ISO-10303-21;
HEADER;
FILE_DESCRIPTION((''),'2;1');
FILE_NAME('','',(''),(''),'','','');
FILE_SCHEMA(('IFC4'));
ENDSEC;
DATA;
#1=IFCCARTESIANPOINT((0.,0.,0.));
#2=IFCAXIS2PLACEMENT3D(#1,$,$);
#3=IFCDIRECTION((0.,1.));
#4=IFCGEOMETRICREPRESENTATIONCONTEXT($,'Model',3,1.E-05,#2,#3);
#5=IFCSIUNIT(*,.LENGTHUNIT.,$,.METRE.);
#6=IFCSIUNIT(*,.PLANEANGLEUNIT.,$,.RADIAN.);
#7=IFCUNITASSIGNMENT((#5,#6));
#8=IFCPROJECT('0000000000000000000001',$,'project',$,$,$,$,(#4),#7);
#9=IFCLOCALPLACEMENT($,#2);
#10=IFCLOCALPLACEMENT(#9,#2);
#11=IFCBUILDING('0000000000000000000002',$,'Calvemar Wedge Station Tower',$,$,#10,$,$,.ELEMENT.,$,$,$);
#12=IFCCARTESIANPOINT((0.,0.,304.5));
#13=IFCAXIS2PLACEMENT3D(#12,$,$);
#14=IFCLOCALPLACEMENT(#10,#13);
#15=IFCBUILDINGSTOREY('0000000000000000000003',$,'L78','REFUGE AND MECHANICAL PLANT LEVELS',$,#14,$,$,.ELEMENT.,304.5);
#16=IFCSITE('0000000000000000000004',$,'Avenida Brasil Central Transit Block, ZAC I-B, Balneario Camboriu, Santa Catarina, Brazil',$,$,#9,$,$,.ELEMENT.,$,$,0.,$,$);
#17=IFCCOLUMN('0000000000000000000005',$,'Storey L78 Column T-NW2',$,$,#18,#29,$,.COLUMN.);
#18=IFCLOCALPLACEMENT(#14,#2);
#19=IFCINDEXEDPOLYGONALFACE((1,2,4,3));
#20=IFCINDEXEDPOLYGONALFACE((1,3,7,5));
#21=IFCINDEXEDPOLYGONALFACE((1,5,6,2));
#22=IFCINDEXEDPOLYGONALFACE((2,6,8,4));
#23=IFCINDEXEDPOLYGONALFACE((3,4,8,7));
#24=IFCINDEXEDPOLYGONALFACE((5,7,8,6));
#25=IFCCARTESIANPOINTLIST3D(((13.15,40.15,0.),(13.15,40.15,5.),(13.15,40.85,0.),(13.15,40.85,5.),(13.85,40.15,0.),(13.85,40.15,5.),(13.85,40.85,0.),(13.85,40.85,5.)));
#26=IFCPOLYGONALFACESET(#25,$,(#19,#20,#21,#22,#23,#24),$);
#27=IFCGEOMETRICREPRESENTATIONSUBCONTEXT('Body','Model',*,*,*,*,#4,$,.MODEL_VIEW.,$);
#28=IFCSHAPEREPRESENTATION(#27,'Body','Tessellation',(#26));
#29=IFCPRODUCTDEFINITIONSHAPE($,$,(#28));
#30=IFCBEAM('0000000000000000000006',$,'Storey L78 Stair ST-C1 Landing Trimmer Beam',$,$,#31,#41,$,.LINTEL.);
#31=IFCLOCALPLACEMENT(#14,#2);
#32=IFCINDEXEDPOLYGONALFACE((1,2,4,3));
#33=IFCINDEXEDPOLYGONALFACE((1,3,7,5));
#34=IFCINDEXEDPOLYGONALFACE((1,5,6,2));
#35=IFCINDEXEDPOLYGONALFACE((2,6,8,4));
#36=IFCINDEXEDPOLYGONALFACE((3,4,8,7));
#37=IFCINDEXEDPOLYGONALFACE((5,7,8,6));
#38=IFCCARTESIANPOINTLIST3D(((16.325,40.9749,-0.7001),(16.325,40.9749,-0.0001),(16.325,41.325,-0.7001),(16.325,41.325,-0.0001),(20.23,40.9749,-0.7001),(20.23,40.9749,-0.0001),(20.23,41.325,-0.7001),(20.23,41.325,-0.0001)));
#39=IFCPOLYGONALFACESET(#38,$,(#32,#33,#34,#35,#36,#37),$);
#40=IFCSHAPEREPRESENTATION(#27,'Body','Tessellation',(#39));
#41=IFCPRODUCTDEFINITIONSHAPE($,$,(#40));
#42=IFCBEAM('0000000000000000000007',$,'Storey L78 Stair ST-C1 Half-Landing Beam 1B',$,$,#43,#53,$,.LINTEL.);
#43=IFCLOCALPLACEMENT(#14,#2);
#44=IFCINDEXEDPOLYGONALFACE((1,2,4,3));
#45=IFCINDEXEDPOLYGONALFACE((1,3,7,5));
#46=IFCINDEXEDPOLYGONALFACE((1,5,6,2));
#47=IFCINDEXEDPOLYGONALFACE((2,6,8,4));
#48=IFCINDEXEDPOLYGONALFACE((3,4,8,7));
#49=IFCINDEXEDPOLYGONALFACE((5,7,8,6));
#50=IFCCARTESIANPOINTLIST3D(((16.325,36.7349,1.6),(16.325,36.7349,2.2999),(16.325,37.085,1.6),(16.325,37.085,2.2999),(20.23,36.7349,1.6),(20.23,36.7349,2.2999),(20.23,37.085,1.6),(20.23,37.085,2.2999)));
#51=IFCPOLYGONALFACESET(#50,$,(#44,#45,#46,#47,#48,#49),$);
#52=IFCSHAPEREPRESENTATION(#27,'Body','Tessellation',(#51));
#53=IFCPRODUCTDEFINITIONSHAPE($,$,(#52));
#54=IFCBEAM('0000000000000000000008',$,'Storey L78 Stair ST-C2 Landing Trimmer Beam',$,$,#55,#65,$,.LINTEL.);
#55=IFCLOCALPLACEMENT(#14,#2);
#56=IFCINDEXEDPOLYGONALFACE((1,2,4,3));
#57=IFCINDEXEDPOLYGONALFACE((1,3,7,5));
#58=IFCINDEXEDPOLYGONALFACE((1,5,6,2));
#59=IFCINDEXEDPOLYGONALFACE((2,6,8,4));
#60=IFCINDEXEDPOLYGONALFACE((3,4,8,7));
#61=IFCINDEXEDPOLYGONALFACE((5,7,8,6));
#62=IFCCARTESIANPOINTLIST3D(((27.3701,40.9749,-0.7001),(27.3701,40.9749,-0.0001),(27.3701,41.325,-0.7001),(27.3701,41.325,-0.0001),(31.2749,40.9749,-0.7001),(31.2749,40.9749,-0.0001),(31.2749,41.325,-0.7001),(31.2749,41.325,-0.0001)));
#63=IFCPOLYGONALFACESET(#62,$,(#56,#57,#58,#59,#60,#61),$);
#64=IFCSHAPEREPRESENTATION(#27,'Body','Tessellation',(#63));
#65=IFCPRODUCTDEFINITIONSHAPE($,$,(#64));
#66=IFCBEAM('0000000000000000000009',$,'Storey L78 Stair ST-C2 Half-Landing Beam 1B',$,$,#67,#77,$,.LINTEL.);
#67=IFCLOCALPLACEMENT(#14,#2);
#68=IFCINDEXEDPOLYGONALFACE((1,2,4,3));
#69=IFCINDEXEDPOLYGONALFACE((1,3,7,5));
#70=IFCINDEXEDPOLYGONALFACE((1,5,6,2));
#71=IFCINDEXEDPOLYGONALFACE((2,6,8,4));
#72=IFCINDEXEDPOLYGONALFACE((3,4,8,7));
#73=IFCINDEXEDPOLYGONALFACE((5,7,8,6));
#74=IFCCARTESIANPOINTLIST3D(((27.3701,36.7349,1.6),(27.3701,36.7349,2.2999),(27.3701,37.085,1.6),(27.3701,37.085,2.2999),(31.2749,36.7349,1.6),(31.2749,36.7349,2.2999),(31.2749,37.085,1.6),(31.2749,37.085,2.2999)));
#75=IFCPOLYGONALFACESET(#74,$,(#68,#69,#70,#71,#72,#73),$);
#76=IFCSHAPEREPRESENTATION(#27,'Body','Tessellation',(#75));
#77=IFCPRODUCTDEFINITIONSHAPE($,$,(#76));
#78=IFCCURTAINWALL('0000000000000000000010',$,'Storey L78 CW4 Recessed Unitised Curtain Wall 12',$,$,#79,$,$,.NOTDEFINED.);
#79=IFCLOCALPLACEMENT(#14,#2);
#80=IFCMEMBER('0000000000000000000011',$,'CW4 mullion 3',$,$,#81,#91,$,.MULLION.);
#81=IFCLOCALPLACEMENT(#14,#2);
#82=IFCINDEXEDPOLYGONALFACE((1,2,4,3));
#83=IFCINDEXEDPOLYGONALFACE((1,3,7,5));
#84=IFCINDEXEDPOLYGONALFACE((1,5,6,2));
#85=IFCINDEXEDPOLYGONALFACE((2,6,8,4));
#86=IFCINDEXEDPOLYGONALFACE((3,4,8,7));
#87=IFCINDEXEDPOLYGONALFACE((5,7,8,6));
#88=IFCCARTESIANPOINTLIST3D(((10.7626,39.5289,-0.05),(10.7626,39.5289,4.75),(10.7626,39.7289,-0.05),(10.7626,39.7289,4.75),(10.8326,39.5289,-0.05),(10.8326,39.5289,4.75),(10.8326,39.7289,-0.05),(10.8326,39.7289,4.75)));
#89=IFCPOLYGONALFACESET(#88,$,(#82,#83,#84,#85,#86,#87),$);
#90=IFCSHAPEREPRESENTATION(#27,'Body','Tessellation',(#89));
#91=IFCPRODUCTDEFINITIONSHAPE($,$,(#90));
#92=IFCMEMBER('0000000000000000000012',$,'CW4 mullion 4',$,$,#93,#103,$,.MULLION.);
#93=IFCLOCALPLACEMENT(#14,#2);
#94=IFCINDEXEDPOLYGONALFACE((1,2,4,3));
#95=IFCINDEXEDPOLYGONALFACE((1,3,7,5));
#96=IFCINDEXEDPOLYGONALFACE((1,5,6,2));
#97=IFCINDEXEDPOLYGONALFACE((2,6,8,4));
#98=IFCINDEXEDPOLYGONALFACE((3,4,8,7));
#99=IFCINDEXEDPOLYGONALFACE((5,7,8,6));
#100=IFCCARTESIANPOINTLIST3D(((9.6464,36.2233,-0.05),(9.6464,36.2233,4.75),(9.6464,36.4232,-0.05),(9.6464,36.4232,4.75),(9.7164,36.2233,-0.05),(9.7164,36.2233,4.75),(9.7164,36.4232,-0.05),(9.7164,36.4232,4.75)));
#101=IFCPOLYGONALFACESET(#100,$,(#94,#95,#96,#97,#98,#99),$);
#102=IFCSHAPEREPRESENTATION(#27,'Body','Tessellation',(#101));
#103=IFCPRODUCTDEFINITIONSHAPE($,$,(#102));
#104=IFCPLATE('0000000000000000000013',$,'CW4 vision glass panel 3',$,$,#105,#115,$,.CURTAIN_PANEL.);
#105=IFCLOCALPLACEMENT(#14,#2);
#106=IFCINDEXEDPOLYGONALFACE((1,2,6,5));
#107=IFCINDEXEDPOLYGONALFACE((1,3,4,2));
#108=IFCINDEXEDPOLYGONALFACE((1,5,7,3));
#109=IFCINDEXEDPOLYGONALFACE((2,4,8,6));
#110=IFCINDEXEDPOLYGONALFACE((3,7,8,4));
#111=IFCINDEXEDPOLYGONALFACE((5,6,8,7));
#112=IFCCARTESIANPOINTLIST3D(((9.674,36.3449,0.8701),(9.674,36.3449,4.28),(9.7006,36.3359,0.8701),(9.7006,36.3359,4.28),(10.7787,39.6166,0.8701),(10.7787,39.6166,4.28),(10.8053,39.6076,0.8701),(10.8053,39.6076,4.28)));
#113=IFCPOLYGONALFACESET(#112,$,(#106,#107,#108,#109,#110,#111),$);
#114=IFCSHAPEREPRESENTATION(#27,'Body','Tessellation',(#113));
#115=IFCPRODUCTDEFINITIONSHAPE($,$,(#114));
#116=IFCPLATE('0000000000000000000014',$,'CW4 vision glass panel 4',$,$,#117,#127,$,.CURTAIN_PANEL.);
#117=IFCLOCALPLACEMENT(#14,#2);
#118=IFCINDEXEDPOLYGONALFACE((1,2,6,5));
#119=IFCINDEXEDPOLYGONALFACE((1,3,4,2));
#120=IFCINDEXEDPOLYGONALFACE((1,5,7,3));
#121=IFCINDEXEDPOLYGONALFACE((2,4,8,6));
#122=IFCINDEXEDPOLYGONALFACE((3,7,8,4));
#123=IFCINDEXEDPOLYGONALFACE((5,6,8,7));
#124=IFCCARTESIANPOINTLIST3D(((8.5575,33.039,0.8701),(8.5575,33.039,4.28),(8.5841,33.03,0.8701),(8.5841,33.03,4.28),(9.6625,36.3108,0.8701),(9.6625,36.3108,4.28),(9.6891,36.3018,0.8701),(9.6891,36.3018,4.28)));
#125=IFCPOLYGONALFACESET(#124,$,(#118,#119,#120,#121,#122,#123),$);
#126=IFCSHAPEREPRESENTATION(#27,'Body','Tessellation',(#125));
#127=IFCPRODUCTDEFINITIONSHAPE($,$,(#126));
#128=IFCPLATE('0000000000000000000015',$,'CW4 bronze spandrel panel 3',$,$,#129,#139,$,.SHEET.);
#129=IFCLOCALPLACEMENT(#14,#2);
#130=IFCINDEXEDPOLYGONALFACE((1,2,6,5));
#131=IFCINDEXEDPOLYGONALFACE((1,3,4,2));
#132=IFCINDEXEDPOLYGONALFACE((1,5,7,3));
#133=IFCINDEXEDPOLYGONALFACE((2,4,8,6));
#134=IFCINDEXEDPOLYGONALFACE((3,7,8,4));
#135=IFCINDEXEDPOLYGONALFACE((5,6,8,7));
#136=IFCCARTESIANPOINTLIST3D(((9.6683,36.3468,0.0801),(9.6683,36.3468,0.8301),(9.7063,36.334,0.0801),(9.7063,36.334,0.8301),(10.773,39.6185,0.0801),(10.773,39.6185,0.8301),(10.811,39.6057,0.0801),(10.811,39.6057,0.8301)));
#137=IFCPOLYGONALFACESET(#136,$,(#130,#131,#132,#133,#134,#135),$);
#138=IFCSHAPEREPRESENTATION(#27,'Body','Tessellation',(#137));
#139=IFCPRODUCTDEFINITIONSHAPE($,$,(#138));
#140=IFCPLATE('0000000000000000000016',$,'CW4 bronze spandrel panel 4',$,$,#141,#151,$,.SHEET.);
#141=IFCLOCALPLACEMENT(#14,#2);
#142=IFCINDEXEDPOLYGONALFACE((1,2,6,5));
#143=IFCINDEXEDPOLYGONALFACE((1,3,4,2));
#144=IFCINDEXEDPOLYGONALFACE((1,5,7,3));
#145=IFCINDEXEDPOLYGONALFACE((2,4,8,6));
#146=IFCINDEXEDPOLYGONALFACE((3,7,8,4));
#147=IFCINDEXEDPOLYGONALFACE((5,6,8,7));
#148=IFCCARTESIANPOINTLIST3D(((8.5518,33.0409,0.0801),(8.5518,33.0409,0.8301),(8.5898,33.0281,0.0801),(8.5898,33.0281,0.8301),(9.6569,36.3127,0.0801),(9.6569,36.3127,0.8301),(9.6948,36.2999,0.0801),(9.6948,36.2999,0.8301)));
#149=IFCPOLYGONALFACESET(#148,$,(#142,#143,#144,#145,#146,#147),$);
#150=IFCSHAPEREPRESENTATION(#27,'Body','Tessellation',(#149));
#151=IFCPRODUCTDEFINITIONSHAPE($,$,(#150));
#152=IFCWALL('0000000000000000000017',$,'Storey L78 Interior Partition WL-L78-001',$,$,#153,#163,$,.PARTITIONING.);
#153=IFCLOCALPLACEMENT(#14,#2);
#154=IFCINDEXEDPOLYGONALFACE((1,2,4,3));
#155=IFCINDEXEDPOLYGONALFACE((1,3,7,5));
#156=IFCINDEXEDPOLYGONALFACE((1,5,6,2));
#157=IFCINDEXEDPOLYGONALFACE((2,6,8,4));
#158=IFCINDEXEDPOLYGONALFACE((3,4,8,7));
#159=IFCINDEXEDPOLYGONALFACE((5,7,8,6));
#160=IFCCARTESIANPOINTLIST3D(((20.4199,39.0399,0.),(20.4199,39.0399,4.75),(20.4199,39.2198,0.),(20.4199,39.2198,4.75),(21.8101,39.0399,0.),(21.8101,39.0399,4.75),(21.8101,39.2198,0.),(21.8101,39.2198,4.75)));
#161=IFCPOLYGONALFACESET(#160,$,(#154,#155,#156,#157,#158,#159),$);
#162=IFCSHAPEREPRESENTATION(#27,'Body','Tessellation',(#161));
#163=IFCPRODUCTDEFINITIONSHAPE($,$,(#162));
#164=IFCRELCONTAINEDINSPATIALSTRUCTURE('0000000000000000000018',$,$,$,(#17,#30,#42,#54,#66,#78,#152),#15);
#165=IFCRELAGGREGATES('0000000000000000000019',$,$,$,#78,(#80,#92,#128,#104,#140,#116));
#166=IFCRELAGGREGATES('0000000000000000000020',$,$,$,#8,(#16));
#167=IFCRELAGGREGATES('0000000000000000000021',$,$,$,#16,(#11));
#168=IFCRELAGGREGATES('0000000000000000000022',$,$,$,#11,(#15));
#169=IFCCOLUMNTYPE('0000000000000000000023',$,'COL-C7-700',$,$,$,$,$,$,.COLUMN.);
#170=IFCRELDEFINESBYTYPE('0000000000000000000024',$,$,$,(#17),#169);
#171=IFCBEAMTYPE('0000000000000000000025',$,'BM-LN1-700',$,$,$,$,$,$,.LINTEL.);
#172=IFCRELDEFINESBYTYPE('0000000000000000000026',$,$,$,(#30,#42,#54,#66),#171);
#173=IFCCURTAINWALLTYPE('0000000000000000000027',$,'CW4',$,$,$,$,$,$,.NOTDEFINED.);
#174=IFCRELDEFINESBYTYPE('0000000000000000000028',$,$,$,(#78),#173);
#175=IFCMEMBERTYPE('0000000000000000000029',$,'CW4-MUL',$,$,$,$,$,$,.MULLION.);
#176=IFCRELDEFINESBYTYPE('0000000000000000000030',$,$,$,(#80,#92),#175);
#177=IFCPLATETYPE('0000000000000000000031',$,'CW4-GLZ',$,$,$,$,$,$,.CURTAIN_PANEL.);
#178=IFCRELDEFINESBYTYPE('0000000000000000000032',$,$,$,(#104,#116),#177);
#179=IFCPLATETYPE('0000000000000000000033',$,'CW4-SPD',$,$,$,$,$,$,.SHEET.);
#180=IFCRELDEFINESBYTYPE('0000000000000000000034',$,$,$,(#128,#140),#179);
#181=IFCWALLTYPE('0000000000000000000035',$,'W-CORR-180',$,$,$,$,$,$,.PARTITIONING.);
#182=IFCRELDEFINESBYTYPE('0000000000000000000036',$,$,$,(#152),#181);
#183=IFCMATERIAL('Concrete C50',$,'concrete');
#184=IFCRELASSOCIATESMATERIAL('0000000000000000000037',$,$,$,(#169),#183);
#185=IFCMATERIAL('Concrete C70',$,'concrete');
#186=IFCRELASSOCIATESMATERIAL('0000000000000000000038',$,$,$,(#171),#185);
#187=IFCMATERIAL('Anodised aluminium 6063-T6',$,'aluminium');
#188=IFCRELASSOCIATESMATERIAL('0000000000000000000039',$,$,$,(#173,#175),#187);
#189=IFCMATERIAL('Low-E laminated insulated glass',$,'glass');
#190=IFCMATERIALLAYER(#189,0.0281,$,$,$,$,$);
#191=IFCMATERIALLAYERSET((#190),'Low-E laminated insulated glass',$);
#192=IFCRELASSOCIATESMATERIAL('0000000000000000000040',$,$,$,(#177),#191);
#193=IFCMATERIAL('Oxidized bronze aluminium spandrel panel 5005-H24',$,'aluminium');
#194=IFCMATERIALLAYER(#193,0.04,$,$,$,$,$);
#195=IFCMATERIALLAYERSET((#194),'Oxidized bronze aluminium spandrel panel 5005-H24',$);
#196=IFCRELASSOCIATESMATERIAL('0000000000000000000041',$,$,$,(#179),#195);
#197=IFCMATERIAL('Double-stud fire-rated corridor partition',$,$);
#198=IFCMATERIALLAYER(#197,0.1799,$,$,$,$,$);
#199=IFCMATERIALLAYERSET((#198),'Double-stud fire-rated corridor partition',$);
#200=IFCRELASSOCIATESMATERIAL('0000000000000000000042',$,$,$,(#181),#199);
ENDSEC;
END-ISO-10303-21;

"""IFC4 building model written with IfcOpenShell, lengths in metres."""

from ifc_helpers import new_model, si_unit, direction, frame, frame_2d, origin, origin_2d, place, context, subcontext, project, spatial, rectangle, extrude, source, transform, mapped, material, layer, layer_set, material_profile, profile_set, type_object, element, aggregate, save


model = new_model("IFC4")

# Units and contexts
model_context = context("Model", 3, precision=1e-05, world=origin(), true_north=direction((0.0, 1.0)))
body_context = subcontext(model_context, "Body", "Model", "MODEL_VIEW")
ifc_project = project(units=[si_unit("LENGTHUNIT", "METRE"), si_unit("PLANEANGLEUNIT", "RADIAN")], contexts=[model_context])

# Site, building, storey
site_placement = place(None, origin())
site = spatial("IfcSite", under=ifc_project, at=site_placement, Name="Avenida Brasil Central Transit Block, ZAC I-B, Balneario Camboriu, Santa Catarina, Brazil", CompositionType="ELEMENT", RefElevation=0.0)
building_placement = place(site_placement, origin())
building = spatial("IfcBuilding", under=site, at=building_placement, Name="Calvemar Wedge Station Tower", CompositionType="ELEMENT")
storey_placement = place(building_placement, frame((0.0, 0.0, 304.5)))
storey = spatial("IfcBuildingStorey", under=building, at=storey_placement, Name="L78", Description="REFUGE AND MECHANICAL PLANT LEVELS", CompositionType="ELEMENT", Elevation=304.5)

# Column
ifc_material_1 = material(Name="Concrete C50", Category="concrete")
ifc_material_profile_1 = material_profile(ifc_material_1, rectangle(XDim=0.7, YDim=0.7, at=origin_2d()), Name="RC700x700")
ifc_profile_set_1 = profile_set([ifc_material_profile_1], Name="Concrete C50")
column_type = type_object("IfcColumnType", Name="COL-C7-700", PredefinedType="COLUMN", material=ifc_profile_set_1)
shared_shape_1 = source(origin(), body_context, "Body", "SweptSolid", [
    extrude(rectangle(XDim=0.7, YDim=0.7, at=origin_2d()), origin(), (0.0, 0.0, 1.0), 5.0),
])
column_placement = place(storey_placement, frame((13.5, 40.5, 0.0), z_axis=(0.0, 0.0, 1.0), x_axis=(1.0, 0.0, 0.0)))
element("IfcColumn", 1, at=column_placement, inside=storey, type_object=column_type, Name="Storey L78 Column T-NW2", PredefinedType="COLUMN", context=body_context, shape_type="MappedRepresentation", body=[
    mapped(shared_shape_1, transform((0.0, 0.0, 0.0), scale=1.0)),
])

# Beams
ifc_material_2 = material(Name="Concrete C70", Category="concrete")
ifc_material_profile_2 = material_profile(ifc_material_2, rectangle(XDim=0.3501, YDim=0.7, at=origin_2d()), Name="RC350x700")
ifc_profile_set_2 = profile_set([ifc_material_profile_2], Name="Concrete C70")
beam_type = type_object("IfcBeamType", Name="BM-LN1-700", PredefinedType="LINTEL", material=ifc_profile_set_2)
shared_shape_2 = source(origin(), body_context, "Body", "SweptSolid", [
    extrude(rectangle(XDim=0.3501, YDim=0.7, at=origin_2d()), origin(), (0.0, 0.0, 1.0), 3.905),
])
for number, where, z_axis, x_axis, name in (
    (2, (16.325, 41.1499, -0.3501), (1.0, 0.0, 0.0), (0.0, 1.0, 0.0), "Storey L78 Stair ST-C1 Landing Trimmer Beam"),
    (3, (16.325, 36.9099, 1.95), (1.0, 0.0, 0.0), (0.0, 1.0, 0.0), "Storey L78 Stair ST-C1 Half-Landing Beam 1B"),
):
    element("IfcBeam", number, at=place(storey_placement, frame(where, z_axis=z_axis, x_axis=x_axis)), inside=storey, type_object=beam_type, Name=name, PredefinedType="LINTEL", context=body_context, shape_type="MappedRepresentation", body=[
        mapped(shared_shape_2, transform((0.0, 0.0, 0.0), scale=1.0)),
    ])
shared_shape_3 = source(origin(), body_context, "Body", "SweptSolid", [
    extrude(rectangle(XDim=0.3501, YDim=0.7, at=origin_2d()), origin(), (0.0, 0.0, 1.0), 3.9048),
])
for number, where, z_axis, x_axis, name in (
    (4, (27.3701, 41.1499, -0.3501), (1.0, 0.0, 0.0), (0.0, 1.0, 0.0), "Storey L78 Stair ST-C2 Landing Trimmer Beam"),
    (5, (27.3701, 36.9099, 1.95), (1.0, 0.0, 0.0), (0.0, 1.0, 0.0), "Storey L78 Stair ST-C2 Half-Landing Beam 1B"),
):
    element("IfcBeam", number, at=place(storey_placement, frame(where, z_axis=z_axis, x_axis=x_axis)), inside=storey, type_object=beam_type, Name=name, PredefinedType="LINTEL", context=body_context, shape_type="MappedRepresentation", body=[
        mapped(shared_shape_3, transform((0.0, 0.0, 0.0), scale=1.0)),
    ])

# Curtain wall, members, plates
ifc_material_3 = material(Name="Anodised aluminium 6063-T6", Category="aluminium")
curtain_wall_type = type_object("IfcCurtainWallType", Name="CW4", PredefinedType="NOTDEFINED", material=ifc_material_3)
curtain_wall_placement = place(storey_placement, origin())
curtain_wall = element("IfcCurtainWall", 6, at=curtain_wall_placement, inside=storey, type_object=curtain_wall_type, Name="Storey L78 CW4 Recessed Unitised Curtain Wall 12", PredefinedType="NOTDEFINED")
ifc_material_profile_3 = material_profile(ifc_material_3, rectangle(XDim=0.0701, YDim=0.2, at=origin_2d()), Name="AL-MUL-70x200")
ifc_profile_set_3 = profile_set([ifc_material_profile_3], Name="Anodised aluminium 6063-T6")
member_type = type_object("IfcMemberType", Name="CW4-MUL", PredefinedType="MULLION", material=ifc_profile_set_3)
shared_shape_4 = source(origin(), body_context, "Body", "SweptSolid", [
    extrude(rectangle(XDim=0.0701, YDim=0.2, at=origin_2d()), origin(), (0.0, 0.0, 1.0), 4.8),
])
member_1_placement = place(storey_placement, frame((10.7976, 39.6289, -0.05), z_axis=(0.0, 0.0, 1.0), x_axis=(1.0, 0.0, 0.0)))
member_1 = element("IfcMember", 7, at=member_1_placement, type_object=member_type, Name="CW4 mullion 3", PredefinedType="MULLION", context=body_context, shape_type="MappedRepresentation", body=[
    mapped(shared_shape_4, transform((0.0, 0.0, 0.0), scale=1.0)),
])
member_2_placement = place(storey_placement, frame((9.6814, 36.3232, -0.05), z_axis=(0.0, 0.0, 1.0), x_axis=(1.0, 0.0, 0.0)))
member_2 = element("IfcMember", 8, at=member_2_placement, type_object=member_type, Name="CW4 mullion 4", PredefinedType="MULLION", context=body_context, shape_type="MappedRepresentation", body=[
    mapped(shared_shape_4, transform((0.0, 0.0, 0.0), scale=1.0)),
])
ifc_material_4 = material(Name="Low-E laminated insulated glass", Category="glass")
ifc_layer_1 = layer(ifc_material_4, 0.0281)
ifc_layer_set_1 = layer_set([ifc_layer_1], Name="Low-E laminated insulated glass")
plate_type_1 = type_object("IfcPlateType", Name="CW4-GLZ", PredefinedType="CURTAIN_PANEL", material=ifc_layer_set_1)
plate_1_placement = place(storey_placement, frame((10.792, 39.6121, 0.8701), z_axis=(0.0, 0.0, 1.0), x_axis=(-0.319916, -0.947446, 0.0)))
plate_1 = element("IfcPlate", 9, at=plate_1_placement, type_object=plate_type_1, Name="CW4 vision glass panel 3", PredefinedType="CURTAIN_PANEL", context=body_context, shape_type="SweptSolid", body=[
    extrude(rectangle(XDim=3.4531, YDim=0.0281, at=frame_2d((1.7266, 0.0))), origin(), (0.0, 0.0, 1.0), 3.4099),
])
plate_2_placement = place(storey_placement, frame((9.6758, 36.3062, 0.8701), z_axis=(0.0, 0.0, 1.0), x_axis=(-0.319979, -0.947425, 0.0)))
plate_2 = element("IfcPlate", 10, at=plate_2_placement, type_object=plate_type_1, Name="CW4 vision glass panel 4", PredefinedType="CURTAIN_PANEL", context=body_context, shape_type="SweptSolid", body=[
    extrude(rectangle(XDim=3.4534, YDim=0.0281, at=frame_2d((1.7266, 0.0))), origin(), (0.0, 0.0, 1.0), 3.4099),
])
ifc_material_5 = material(Name="Oxidized bronze aluminium spandrel panel 5005-H24", Category="aluminium")
ifc_layer_2 = layer(ifc_material_5, 0.04)
ifc_layer_set_2 = layer_set([ifc_layer_2], Name="Oxidized bronze aluminium spandrel panel 5005-H24")
plate_type_2 = type_object("IfcPlateType", Name="CW4-SPD", PredefinedType="SHEET", material=ifc_layer_set_2)
plate_3_placement = place(storey_placement, frame((10.792, 39.6121, 0.0801), z_axis=(0.0, 0.0, 1.0), x_axis=(-0.319916, -0.947446, 0.0)))
plate_3 = element("IfcPlate", 11, at=plate_3_placement, type_object=plate_type_2, Name="CW4 bronze spandrel panel 3", PredefinedType="SHEET", context=body_context, shape_type="SweptSolid", body=[
    extrude(rectangle(XDim=3.4531, YDim=0.04, at=frame_2d((1.7266, 0.0))), origin(), (0.0, 0.0, 1.0), 0.75),
])
plate_4_placement = place(storey_placement, frame((9.6758, 36.3062, 0.0801), z_axis=(0.0, 0.0, 1.0), x_axis=(-0.319979, -0.947425, 0.0)))
plate_4 = element("IfcPlate", 12, at=plate_4_placement, type_object=plate_type_2, Name="CW4 bronze spandrel panel 4", PredefinedType="SHEET", context=body_context, shape_type="SweptSolid", body=[
    extrude(rectangle(XDim=3.4534, YDim=0.04, at=frame_2d((1.7266, 0.0))), origin(), (0.0, 0.0, 1.0), 0.75),
])
aggregate(curtain_wall, [member_1, member_2, plate_3, plate_1, plate_4, plate_2])

# Wall
ifc_material_6 = material(Name="Double-stud fire-rated corridor partition")
ifc_layer_3 = layer(ifc_material_6, 0.1799)
ifc_layer_set_3 = layer_set([ifc_layer_3], Name="Double-stud fire-rated corridor partition")
wall_type_1 = type_object("IfcWallType", Name="W-CORR-180", PredefinedType="PARTITIONING", material=ifc_layer_set_3)
wall_1_placement = place(storey_placement, frame((21.8101, 39.1299, 0.0), z_axis=(0.0, 0.0, 1.0), x_axis=(-1.0, 0.0, 0.0)))
element("IfcWall", 13, at=wall_1_placement, inside=storey, type_object=wall_type_1, Name="Storey L78 Interior Partition WL-L78-001", PredefinedType="PARTITIONING", context=body_context, shape_type="SweptSolid", body=[
    extrude(rectangle(XDim=1.3901, YDim=0.1799, at=frame_2d((0.6951, 0.0))), origin(), (0.0, 0.0, 1.0), 4.75),
])

save(model, "model.ifc")
